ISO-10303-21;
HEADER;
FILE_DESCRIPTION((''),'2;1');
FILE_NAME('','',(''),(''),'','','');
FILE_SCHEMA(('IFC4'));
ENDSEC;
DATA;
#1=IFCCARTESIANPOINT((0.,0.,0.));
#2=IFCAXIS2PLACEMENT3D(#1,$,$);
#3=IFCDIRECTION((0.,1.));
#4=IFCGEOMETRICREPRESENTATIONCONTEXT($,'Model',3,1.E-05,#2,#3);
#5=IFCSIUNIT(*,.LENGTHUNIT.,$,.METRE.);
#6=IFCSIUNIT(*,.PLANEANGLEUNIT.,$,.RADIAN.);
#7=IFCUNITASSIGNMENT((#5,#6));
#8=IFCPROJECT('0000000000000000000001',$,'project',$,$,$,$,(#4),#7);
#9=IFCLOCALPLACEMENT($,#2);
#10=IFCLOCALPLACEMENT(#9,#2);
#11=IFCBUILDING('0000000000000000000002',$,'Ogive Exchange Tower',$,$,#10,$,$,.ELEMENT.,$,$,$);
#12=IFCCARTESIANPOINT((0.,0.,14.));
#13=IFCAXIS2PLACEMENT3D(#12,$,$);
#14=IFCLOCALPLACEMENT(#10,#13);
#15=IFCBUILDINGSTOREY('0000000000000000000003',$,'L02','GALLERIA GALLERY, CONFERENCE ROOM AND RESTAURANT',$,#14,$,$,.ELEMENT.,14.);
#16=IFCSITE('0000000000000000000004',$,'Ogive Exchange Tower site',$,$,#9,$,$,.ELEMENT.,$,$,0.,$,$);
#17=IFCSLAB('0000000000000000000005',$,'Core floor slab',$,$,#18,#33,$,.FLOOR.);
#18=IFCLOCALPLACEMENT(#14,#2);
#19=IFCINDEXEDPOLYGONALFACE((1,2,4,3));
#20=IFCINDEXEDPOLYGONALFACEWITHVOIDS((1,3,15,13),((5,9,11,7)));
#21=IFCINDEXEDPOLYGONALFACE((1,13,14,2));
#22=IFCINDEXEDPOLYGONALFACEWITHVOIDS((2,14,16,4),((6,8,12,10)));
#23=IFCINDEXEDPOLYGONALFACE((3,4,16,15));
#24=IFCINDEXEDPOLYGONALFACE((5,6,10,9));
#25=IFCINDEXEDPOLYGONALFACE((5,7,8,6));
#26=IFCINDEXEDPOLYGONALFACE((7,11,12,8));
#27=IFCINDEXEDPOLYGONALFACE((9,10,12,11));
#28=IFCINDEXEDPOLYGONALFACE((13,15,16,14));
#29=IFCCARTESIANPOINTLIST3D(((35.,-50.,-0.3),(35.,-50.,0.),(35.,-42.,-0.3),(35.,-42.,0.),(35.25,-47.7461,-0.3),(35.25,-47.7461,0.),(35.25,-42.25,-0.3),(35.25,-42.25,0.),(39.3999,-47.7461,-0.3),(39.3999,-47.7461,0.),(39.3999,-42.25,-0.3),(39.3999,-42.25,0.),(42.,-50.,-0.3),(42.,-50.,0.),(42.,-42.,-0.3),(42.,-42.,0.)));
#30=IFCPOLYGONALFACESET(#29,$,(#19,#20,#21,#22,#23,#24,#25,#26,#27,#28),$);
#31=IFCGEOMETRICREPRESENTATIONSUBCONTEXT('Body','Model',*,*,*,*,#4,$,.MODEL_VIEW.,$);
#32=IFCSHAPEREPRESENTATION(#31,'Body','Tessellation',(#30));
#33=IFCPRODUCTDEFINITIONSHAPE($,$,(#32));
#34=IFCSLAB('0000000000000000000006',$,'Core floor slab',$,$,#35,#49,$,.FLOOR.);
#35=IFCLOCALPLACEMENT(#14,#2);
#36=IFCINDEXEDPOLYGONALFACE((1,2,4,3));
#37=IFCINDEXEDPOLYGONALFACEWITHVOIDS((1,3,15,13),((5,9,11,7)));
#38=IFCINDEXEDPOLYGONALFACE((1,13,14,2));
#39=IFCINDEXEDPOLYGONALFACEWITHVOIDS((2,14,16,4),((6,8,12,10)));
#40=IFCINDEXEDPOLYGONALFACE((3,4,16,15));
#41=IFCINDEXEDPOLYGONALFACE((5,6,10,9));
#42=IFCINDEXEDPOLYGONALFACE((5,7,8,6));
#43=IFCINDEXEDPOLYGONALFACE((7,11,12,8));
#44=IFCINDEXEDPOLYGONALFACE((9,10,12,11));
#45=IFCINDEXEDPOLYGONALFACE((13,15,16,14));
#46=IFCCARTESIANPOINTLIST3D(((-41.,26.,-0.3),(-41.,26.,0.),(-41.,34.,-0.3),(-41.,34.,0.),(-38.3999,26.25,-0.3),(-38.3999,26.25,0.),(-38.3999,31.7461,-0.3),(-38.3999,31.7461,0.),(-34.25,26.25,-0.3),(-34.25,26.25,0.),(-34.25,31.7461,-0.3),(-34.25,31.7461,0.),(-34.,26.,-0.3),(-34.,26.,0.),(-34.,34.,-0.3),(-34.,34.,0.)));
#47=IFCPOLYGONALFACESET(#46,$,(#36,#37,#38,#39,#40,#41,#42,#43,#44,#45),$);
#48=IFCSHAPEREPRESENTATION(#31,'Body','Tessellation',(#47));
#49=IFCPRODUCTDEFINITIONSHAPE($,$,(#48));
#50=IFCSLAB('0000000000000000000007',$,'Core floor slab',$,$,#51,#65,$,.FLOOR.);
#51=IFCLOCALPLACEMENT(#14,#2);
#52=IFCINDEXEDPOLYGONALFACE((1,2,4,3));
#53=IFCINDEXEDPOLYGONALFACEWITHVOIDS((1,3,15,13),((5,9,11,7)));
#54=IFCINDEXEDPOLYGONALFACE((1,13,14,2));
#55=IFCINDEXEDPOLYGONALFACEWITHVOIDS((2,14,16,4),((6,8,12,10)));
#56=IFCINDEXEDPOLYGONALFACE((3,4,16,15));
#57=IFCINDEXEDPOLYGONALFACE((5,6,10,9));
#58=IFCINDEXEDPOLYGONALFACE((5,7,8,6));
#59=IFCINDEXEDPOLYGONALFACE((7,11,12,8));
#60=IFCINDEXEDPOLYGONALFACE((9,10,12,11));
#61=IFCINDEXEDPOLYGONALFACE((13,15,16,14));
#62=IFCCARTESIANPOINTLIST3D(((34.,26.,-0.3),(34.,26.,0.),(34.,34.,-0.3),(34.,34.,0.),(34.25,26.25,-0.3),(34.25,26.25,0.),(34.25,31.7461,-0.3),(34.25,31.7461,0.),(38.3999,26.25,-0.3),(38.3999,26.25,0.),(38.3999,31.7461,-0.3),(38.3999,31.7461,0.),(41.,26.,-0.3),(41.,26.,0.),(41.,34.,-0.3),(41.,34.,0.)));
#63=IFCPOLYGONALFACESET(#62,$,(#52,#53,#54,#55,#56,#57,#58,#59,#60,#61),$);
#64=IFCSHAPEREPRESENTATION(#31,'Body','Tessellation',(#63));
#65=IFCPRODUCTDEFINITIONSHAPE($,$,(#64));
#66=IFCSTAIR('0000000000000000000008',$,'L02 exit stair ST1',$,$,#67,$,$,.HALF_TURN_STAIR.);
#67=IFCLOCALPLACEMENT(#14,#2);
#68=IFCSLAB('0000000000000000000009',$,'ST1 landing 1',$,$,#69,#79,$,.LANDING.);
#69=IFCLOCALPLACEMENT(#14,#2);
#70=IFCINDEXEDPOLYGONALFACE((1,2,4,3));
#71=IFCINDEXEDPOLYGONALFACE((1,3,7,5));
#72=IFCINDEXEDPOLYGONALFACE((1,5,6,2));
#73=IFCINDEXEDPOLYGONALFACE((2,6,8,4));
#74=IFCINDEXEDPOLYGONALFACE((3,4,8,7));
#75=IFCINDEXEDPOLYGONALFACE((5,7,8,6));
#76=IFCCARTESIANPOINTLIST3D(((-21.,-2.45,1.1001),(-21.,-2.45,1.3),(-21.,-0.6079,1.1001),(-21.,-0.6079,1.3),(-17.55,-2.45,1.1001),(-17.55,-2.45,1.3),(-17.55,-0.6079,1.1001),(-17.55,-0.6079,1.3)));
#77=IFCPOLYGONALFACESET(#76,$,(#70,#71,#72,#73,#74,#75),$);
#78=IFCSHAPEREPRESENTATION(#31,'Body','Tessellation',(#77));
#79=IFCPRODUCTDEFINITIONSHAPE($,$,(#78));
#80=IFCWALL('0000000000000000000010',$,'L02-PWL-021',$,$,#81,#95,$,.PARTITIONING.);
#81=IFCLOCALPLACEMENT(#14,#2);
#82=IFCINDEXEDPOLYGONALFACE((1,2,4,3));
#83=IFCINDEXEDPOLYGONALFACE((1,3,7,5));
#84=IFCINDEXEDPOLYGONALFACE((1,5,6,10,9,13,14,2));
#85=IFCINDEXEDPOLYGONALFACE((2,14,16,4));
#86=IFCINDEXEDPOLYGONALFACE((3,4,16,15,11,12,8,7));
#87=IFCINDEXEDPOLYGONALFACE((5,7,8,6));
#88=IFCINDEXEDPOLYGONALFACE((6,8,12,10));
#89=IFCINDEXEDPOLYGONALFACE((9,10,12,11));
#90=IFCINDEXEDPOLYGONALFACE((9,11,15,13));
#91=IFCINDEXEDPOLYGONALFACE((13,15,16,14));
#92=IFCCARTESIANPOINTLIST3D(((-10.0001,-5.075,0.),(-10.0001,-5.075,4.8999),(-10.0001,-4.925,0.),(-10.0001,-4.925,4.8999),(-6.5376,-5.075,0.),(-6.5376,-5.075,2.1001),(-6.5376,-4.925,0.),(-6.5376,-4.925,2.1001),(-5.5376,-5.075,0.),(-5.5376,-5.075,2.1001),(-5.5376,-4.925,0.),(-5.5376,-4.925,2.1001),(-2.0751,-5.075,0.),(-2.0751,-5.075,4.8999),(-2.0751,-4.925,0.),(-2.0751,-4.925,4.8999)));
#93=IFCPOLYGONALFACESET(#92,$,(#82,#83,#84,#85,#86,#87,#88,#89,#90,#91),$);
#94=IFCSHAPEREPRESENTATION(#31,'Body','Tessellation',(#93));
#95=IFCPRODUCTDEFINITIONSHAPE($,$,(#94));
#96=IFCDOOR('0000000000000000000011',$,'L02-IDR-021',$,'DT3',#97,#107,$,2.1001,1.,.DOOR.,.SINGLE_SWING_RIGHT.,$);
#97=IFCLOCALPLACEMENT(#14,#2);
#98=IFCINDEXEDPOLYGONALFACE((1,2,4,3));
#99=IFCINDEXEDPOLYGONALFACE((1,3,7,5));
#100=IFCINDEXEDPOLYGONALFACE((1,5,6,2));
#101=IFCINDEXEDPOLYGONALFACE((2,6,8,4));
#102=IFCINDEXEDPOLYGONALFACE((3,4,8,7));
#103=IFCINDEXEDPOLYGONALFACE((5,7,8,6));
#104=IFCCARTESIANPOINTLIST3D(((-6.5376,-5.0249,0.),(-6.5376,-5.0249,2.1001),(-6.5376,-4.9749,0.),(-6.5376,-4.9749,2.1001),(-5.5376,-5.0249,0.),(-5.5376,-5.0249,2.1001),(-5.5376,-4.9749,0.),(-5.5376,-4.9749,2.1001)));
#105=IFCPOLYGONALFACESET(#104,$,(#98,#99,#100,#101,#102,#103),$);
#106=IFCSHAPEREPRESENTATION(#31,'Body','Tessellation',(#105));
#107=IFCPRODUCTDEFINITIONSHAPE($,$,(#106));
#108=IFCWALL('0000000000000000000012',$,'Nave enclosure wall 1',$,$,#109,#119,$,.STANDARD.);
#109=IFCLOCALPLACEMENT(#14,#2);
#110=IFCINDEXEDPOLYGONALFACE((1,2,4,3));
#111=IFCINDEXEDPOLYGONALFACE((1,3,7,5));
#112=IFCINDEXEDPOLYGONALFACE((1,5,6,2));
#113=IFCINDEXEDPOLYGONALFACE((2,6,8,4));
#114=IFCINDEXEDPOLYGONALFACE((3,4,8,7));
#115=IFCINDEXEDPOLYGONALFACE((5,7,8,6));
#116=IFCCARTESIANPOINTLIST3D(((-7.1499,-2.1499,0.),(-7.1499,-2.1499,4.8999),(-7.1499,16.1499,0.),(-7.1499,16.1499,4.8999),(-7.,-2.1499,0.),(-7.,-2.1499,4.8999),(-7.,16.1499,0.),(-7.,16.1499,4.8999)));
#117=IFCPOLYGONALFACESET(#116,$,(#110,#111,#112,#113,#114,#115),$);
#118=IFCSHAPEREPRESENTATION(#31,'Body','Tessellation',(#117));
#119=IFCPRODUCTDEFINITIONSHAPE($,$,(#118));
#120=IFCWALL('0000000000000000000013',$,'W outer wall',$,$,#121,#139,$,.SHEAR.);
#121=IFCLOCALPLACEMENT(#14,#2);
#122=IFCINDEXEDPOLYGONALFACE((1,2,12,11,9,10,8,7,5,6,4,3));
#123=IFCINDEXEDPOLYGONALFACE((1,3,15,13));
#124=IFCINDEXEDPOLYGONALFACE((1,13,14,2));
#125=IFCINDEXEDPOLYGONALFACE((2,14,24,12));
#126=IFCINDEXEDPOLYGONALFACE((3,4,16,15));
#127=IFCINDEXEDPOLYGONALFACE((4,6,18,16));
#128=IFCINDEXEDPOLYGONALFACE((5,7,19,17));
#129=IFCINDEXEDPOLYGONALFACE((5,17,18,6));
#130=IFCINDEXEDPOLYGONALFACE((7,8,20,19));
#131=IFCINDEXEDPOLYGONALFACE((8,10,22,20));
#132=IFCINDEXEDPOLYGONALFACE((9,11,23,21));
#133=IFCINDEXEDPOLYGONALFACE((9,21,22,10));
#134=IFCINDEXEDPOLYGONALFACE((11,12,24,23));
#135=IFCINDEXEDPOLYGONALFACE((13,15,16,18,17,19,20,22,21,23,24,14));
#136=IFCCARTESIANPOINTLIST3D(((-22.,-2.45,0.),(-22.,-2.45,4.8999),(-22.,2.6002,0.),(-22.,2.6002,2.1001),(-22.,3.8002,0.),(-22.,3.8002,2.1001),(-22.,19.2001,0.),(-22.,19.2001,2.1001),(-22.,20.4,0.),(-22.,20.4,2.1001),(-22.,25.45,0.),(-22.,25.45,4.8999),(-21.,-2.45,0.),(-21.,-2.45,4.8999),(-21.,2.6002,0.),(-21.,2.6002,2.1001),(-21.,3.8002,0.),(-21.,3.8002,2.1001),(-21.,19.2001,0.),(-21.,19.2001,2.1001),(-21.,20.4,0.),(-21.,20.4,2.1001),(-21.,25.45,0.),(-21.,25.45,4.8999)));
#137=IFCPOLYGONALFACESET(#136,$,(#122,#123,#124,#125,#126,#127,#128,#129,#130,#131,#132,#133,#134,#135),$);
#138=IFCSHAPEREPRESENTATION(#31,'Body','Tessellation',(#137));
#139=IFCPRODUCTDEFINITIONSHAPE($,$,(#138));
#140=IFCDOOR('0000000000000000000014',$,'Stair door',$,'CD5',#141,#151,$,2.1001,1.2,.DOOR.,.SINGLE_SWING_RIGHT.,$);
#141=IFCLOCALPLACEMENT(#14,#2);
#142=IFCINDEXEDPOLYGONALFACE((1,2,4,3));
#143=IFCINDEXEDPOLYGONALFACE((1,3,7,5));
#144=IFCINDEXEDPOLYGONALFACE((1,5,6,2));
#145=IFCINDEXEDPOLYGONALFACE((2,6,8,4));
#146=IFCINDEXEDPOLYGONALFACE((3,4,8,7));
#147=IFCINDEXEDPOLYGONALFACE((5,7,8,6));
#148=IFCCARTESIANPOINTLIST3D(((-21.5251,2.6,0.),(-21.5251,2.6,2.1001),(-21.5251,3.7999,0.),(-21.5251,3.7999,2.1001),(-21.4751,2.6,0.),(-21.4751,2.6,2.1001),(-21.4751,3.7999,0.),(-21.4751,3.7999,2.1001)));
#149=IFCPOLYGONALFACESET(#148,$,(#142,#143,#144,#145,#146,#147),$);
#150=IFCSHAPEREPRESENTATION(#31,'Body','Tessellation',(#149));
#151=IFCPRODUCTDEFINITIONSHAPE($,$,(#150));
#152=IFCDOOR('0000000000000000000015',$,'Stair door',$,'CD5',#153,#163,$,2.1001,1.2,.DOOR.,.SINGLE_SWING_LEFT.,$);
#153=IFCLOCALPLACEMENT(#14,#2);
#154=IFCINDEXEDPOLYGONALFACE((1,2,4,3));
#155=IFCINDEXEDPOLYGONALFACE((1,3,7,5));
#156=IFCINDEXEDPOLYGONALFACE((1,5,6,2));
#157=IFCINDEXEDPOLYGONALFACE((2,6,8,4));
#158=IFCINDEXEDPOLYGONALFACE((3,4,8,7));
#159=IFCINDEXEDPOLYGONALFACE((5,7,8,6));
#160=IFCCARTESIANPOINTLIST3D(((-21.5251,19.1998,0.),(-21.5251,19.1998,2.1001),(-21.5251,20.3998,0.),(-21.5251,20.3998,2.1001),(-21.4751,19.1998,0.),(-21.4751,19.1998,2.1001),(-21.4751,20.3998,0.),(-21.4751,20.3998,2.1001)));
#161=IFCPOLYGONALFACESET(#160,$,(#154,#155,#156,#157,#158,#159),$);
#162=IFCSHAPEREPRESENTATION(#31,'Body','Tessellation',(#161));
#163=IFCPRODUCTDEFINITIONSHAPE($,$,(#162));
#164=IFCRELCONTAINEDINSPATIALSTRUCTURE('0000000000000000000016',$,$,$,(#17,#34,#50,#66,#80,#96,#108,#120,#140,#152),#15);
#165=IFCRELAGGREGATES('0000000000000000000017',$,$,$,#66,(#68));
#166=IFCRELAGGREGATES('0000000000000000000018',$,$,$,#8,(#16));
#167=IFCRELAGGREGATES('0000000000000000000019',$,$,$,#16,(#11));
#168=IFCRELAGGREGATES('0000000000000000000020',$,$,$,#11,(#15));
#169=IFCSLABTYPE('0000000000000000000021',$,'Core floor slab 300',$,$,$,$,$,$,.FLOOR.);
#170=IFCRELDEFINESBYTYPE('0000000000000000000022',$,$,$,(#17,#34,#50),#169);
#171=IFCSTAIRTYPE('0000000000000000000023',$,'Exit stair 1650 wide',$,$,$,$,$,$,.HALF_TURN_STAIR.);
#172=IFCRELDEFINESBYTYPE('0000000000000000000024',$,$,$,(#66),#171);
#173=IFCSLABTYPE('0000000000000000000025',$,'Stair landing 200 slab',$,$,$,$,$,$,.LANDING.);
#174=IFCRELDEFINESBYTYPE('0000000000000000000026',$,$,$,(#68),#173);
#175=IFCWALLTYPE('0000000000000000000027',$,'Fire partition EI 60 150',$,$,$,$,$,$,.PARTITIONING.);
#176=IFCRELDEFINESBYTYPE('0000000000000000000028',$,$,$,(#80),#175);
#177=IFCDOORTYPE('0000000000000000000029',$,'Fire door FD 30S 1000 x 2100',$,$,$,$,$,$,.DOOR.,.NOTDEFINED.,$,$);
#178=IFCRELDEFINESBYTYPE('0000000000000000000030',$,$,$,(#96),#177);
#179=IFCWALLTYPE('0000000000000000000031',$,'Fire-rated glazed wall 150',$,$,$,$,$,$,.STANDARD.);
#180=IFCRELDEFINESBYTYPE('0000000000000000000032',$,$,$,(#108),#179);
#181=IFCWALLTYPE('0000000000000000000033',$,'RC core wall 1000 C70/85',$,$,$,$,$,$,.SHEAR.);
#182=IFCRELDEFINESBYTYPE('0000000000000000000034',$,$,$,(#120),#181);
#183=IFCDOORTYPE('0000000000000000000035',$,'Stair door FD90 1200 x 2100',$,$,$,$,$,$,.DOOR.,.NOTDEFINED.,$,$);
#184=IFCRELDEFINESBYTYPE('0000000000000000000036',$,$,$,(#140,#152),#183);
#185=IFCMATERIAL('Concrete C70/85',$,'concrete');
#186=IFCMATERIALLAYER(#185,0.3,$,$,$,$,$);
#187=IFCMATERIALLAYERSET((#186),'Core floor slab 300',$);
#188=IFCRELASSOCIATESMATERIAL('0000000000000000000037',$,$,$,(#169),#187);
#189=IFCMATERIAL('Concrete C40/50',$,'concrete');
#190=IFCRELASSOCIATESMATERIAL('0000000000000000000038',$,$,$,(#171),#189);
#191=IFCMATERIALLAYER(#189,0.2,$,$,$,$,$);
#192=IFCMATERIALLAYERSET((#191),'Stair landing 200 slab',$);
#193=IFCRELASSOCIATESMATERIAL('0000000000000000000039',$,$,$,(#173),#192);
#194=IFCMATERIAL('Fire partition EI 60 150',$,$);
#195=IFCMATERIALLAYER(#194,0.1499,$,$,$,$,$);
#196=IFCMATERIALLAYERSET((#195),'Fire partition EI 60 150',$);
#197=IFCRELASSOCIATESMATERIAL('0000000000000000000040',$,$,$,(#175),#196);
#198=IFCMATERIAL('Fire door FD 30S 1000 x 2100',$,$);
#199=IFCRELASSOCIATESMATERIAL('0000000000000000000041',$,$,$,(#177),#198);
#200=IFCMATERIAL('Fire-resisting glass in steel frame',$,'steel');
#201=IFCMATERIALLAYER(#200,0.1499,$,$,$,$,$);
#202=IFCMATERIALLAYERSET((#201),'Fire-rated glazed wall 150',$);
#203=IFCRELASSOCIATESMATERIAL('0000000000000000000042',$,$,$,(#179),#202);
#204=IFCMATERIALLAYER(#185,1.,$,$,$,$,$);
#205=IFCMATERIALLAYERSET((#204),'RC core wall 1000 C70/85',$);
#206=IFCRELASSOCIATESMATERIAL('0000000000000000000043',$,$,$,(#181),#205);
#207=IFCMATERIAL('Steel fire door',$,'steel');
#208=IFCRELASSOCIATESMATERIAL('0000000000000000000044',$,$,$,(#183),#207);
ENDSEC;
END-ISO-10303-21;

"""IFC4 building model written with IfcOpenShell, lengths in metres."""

from ifc_helpers import new_model, si_unit, direction, frame, frame_2d, origin, place, context, subcontext, project, spatial, polyline, rectangle, outline, extrude, material, layer, layer_set, type_object, element, fill, aggregate, save


model = new_model("IFC4")

# Units and contexts
model_context = context("Model", 3, precision=1e-05, world=origin(), true_north=direction((0.0, 1.0)))
body_context = subcontext(model_context, "Body", "Model", "MODEL_VIEW")
ifc_project = project(units=[si_unit("LENGTHUNIT", "METRE"), si_unit("PLANEANGLEUNIT", "RADIAN")], contexts=[model_context])

# Site, building, storey
site_placement = place(None, origin())
site = spatial("IfcSite", under=ifc_project, at=site_placement, Name="Ogive Exchange Tower site", CompositionType="ELEMENT", RefElevation=0.0)
building_placement = place(site_placement, origin())
building = spatial("IfcBuilding", under=site, at=building_placement, Name="Ogive Exchange Tower", CompositionType="ELEMENT")
storey_placement = place(building_placement, frame((0.0, 0.0, 14.0)))
storey = spatial("IfcBuildingStorey", under=building, at=storey_placement, Name="L02", Description="GALLERIA GALLERY, CONFERENCE ROOM AND RESTAURANT", CompositionType="ELEMENT", Elevation=14.0)

# Slabs
ifc_material_1 = material(Name="Concrete C70/85", Category="concrete")
ifc_layer_1 = layer(ifc_material_1, 0.3)
ifc_layer_set_1 = layer_set([ifc_layer_1], Name="Core floor slab 300")
slab_type_1 = type_object("IfcSlabType", Name="Core floor slab 300", PredefinedType="FLOOR", material=ifc_layer_set_1)
slab_1_placement = place(storey_placement, frame((0.0, 0.0, -0.3)))
element("IfcSlab", 1, at=slab_1_placement, inside=storey, type_object=slab_type_1, Name="Core floor slab", PredefinedType="FLOOR", context=body_context, shape_type="SweptSolid", body=[
    extrude(outline(polyline([(35.0, -50.0), (35.0, -42.0), (42.0, -42.0), (42.0, -50.0), (35.0, -50.0)]), holes=[polyline([(39.3999, -42.25), (35.25, -42.25), (35.25, -47.7461), (39.3999, -47.7461), (39.3999, -42.25)])]), origin(), (0.0, 0.0, 1.0), 0.3),
])
slab_2_placement = place(storey_placement, frame((0.0, 0.0, -0.3)))
element("IfcSlab", 2, at=slab_2_placement, inside=storey, type_object=slab_type_1, Name="Core floor slab", PredefinedType="FLOOR", context=body_context, shape_type="SweptSolid", body=[
    extrude(outline(polyline([(-41.0, 26.0), (-41.0, 34.0), (-34.0, 34.0), (-34.0, 26.0), (-41.0, 26.0)]), holes=[polyline([(-38.3999, 26.25), (-34.25, 26.25), (-34.25, 31.7461), (-38.3999, 31.7461), (-38.3999, 26.25)])]), origin(), (0.0, 0.0, 1.0), 0.3),
])
slab_3_placement = place(storey_placement, frame((0.0, 0.0, -0.3)))
element("IfcSlab", 3, at=slab_3_placement, inside=storey, type_object=slab_type_1, Name="Core floor slab", PredefinedType="FLOOR", context=body_context, shape_type="SweptSolid", body=[
    extrude(outline(polyline([(34.0, 26.0), (34.0, 34.0), (41.0, 34.0), (41.0, 26.0), (34.0, 26.0)]), holes=[polyline([(34.25, 26.25), (38.3999, 26.25), (38.3999, 31.7461), (34.25, 31.7461), (34.25, 26.25)])]), origin(), (0.0, 0.0, 1.0), 0.3),
])

# Stair, slab
ifc_material_2 = material(Name="Concrete C40/50", Category="concrete")
stair_type = type_object("IfcStairType", Name="Exit stair 1650 wide", PredefinedType="HALF_TURN_STAIR", material=ifc_material_2)
stair_placement = place(storey_placement, origin())
stair = element("IfcStair", 4, at=stair_placement, inside=storey, type_object=stair_type, Name="L02 exit stair ST1", PredefinedType="HALF_TURN_STAIR")
ifc_layer_2 = layer(ifc_material_2, 0.2)
ifc_layer_set_2 = layer_set([ifc_layer_2], Name="Stair landing 200 slab")
slab_type_2 = type_object("IfcSlabType", Name="Stair landing 200 slab", PredefinedType="LANDING", material=ifc_layer_set_2)
slab_4_placement = place(storey_placement, frame((0.0, 0.0, 1.1001)))
slab_4 = element("IfcSlab", 5, at=slab_4_placement, type_object=slab_type_2, Name="ST1 landing 1", PredefinedType="LANDING", context=body_context, shape_type="SweptSolid", body=[
    extrude(outline(polyline([(-21.0, -0.6079), (-21.0, -2.45), (-17.55, -2.45), (-17.55, -0.6079), (-21.0, -0.6079)])), origin(), (0.0, 0.0, 1.0), 0.2),
])

# Wall, opening, door
ifc_material_3 = material(Name="Fire partition EI 60 150")
ifc_layer_3 = layer(ifc_material_3, 0.1499)
ifc_layer_set_3 = layer_set([ifc_layer_3], Name="Fire partition EI 60 150")
wall_type_1 = type_object("IfcWallType", Name="Fire partition EI 60 150", PredefinedType="PARTITIONING", material=ifc_layer_set_3)
wall_1_placement = place(storey_placement, frame((-10.0, -5.0, 0.0), z_axis=(0.0, 0.0, 1.0), x_axis=(1.0, 0.0, 0.0)))
wall_1 = element("IfcWall", 6, at=wall_1_placement, inside=storey, type_object=wall_type_1, Name="L02-PWL-021", PredefinedType="PARTITIONING", context=body_context, shape_type="SweptSolid", body=[
    extrude(rectangle(XDim=7.925, YDim=0.1499, at=frame_2d((3.9624, 0.0))), origin(), (0.0, 0.0, 1.0), 4.8999),
])
opening_1_placement = place(wall_1_placement, frame((3.4624, 0.0, 0.0)))
opening_1 = element("IfcOpeningElement", 7, at=opening_1_placement, cuts=wall_1, PredefinedType="OPENING", context=body_context, shape_type="SweptSolid", body=[
    extrude(rectangle(XDim=1.0, YDim=2.1001, at=frame_2d((0.5, 1.05))), frame((0.0, 0.085, 0.0), z_axis=(0.0, -1.0, 0.0), x_axis=(1.0, 0.0, 0.0)), (0.0, 0.0, 1.0), 0.1699),
])
ifc_material_4 = material(Name="Fire door FD 30S 1000 x 2100")
door_type_1 = type_object("IfcDoorType", Name="Fire door FD 30S 1000 x 2100", OperationType="NOTDEFINED", PredefinedType="DOOR", material=ifc_material_4)
door_1_placement = place(opening_1_placement, frame((1.0, 0.0, 0.0), z_axis=(0.0, 0.0, 1.0), x_axis=(-1.0, 0.0, 0.0)))
door_1 = element("IfcDoor", 8, at=door_1_placement, inside=storey, type_object=door_type_1, Name="L02-IDR-021", ObjectType="DT3", OperationType="SINGLE_SWING_RIGHT", OverallHeight=2.1001, OverallWidth=1.0, PredefinedType="DOOR", context=body_context, shape_type="SweptSolid", body=[
    extrude(rectangle(XDim=1.0, YDim=2.1001, at=frame_2d((0.5, 1.05))), frame((0.0, 0.0249, 0.0), z_axis=(0.0, -1.0, 0.0), x_axis=(1.0, 0.0, 0.0)), (0.0, 0.0, 1.0), 0.05),
])
fill(opening_1, door_1)

# Wall
ifc_material_5 = material(Name="Fire-resisting glass in steel frame", Category="steel")
ifc_layer_4 = layer(ifc_material_5, 0.1499)
ifc_layer_set_4 = layer_set([ifc_layer_4], Name="Fire-rated glazed wall 150")
wall_type_2 = type_object("IfcWallType", Name="Fire-rated glazed wall 150", PredefinedType="STANDARD", material=ifc_layer_set_4)
wall_2_placement = place(storey_placement, frame((-7.075, -2.1499, 0.0), z_axis=(0.0, 0.0, 1.0), x_axis=(0.0, 1.0, 0.0)))
element("IfcWall", 9, at=wall_2_placement, inside=storey, type_object=wall_type_2, Name="Nave enclosure wall 1", PredefinedType="STANDARD", context=body_context, shape_type="SweptSolid", body=[
    extrude(rectangle(XDim=18.2998, YDim=0.1499, at=frame_2d((9.1499, 0.0))), origin(), (0.0, 0.0, 1.0), 4.8999),
])

# Wall, openings, doors
ifc_layer_5 = layer(ifc_material_1, 1.0)
ifc_layer_set_5 = layer_set([ifc_layer_5], Name="RC core wall 1000 C70/85")
wall_type_3 = type_object("IfcWallType", Name="RC core wall 1000 C70/85", PredefinedType="SHEAR", material=ifc_layer_set_5)
wall_3_placement = place(storey_placement, frame((-21.5, -2.45, 0.0), z_axis=(0.0, 0.0, 1.0), x_axis=(0.0, 1.0, 0.0)))
wall_3 = element("IfcWall", 10, at=wall_3_placement, inside=storey, type_object=wall_type_3, Name="W outer wall", PredefinedType="SHEAR", context=body_context, shape_type="SweptSolid", body=[
    extrude(rectangle(XDim=27.8999, YDim=1.0, at=frame_2d((13.95, 0.0))), origin(), (0.0, 0.0, 1.0), 4.8999),
])
opening_2_placement = place(wall_3_placement, frame((5.05, 0.0, 0.0)))
opening_2 = element("IfcOpeningElement", 11, at=opening_2_placement, cuts=wall_3, PredefinedType="OPENING", context=body_context, shape_type="SweptSolid", body=[
    extrude(rectangle(XDim=1.2, YDim=2.1001, at=frame_2d((0.6001, 1.05))), frame((0.0, 0.51, 0.0), z_axis=(0.0, -1.0, 0.0), x_axis=(1.0, 0.0, 0.0)), (0.0, 0.0, 1.0), 1.02),
])
opening_3_placement = place(wall_3_placement, frame((21.6499, 0.0, 0.0)))
opening_3 = element("IfcOpeningElement", 12, at=opening_3_placement, cuts=wall_3, PredefinedType="OPENING", context=body_context, shape_type="SweptSolid", body=[
    extrude(rectangle(XDim=1.2, YDim=2.1001, at=frame_2d((0.6001, 1.05))), frame((0.0, 0.51, 0.0), z_axis=(0.0, -1.0, 0.0), x_axis=(1.0, 0.0, 0.0)), (0.0, 0.0, 1.0), 1.02),
])
ifc_material_6 = material(Name="Steel fire door", Category="steel")
door_type_2 = type_object("IfcDoorType", Name="Stair door FD90 1200 x 2100", OperationType="NOTDEFINED", PredefinedType="DOOR", material=ifc_material_6)
door_2_placement = place(opening_2_placement, frame((1.2, 0.0, 0.0), z_axis=(0.0, 0.0, 1.0), x_axis=(-1.0, 0.0, 0.0)))
door_2 = element("IfcDoor", 13, at=door_2_placement, inside=storey, type_object=door_type_2, Name="Stair door", ObjectType="CD5", OperationType="SINGLE_SWING_RIGHT", OverallHeight=2.1001, OverallWidth=1.2, PredefinedType="DOOR", context=body_context, shape_type="SweptSolid", body=[
    extrude(rectangle(XDim=1.2, YDim=2.1001, at=frame_2d((0.6001, 1.05))), frame((0.0, 0.0249, 0.0), z_axis=(0.0, -1.0, 0.0), x_axis=(1.0, 0.0, 0.0)), (0.0, 0.0, 1.0), 0.05),
])
fill(opening_2, door_2)
door_3_placement = place(opening_3_placement, frame((1.2, 0.0, 0.0), z_axis=(0.0, 0.0, 1.0), x_axis=(-1.0, 0.0, 0.0)))
door_3 = element("IfcDoor", 14, at=door_3_placement, inside=storey, type_object=door_type_2, Name="Stair door", ObjectType="CD5", OperationType="SINGLE_SWING_LEFT", OverallHeight=2.1001, OverallWidth=1.2, PredefinedType="DOOR", context=body_context, shape_type="SweptSolid", body=[
    extrude(rectangle(XDim=1.2, YDim=2.1001, at=frame_2d((0.6001, 1.05))), frame((0.0, 0.0249, 0.0), z_axis=(0.0, -1.0, 0.0), x_axis=(1.0, 0.0, 0.0)), (0.0, 0.0, 1.0), 0.05),
])
fill(opening_3, door_3)

aggregate(stair, [slab_4])

save(model, "model.ifc")
